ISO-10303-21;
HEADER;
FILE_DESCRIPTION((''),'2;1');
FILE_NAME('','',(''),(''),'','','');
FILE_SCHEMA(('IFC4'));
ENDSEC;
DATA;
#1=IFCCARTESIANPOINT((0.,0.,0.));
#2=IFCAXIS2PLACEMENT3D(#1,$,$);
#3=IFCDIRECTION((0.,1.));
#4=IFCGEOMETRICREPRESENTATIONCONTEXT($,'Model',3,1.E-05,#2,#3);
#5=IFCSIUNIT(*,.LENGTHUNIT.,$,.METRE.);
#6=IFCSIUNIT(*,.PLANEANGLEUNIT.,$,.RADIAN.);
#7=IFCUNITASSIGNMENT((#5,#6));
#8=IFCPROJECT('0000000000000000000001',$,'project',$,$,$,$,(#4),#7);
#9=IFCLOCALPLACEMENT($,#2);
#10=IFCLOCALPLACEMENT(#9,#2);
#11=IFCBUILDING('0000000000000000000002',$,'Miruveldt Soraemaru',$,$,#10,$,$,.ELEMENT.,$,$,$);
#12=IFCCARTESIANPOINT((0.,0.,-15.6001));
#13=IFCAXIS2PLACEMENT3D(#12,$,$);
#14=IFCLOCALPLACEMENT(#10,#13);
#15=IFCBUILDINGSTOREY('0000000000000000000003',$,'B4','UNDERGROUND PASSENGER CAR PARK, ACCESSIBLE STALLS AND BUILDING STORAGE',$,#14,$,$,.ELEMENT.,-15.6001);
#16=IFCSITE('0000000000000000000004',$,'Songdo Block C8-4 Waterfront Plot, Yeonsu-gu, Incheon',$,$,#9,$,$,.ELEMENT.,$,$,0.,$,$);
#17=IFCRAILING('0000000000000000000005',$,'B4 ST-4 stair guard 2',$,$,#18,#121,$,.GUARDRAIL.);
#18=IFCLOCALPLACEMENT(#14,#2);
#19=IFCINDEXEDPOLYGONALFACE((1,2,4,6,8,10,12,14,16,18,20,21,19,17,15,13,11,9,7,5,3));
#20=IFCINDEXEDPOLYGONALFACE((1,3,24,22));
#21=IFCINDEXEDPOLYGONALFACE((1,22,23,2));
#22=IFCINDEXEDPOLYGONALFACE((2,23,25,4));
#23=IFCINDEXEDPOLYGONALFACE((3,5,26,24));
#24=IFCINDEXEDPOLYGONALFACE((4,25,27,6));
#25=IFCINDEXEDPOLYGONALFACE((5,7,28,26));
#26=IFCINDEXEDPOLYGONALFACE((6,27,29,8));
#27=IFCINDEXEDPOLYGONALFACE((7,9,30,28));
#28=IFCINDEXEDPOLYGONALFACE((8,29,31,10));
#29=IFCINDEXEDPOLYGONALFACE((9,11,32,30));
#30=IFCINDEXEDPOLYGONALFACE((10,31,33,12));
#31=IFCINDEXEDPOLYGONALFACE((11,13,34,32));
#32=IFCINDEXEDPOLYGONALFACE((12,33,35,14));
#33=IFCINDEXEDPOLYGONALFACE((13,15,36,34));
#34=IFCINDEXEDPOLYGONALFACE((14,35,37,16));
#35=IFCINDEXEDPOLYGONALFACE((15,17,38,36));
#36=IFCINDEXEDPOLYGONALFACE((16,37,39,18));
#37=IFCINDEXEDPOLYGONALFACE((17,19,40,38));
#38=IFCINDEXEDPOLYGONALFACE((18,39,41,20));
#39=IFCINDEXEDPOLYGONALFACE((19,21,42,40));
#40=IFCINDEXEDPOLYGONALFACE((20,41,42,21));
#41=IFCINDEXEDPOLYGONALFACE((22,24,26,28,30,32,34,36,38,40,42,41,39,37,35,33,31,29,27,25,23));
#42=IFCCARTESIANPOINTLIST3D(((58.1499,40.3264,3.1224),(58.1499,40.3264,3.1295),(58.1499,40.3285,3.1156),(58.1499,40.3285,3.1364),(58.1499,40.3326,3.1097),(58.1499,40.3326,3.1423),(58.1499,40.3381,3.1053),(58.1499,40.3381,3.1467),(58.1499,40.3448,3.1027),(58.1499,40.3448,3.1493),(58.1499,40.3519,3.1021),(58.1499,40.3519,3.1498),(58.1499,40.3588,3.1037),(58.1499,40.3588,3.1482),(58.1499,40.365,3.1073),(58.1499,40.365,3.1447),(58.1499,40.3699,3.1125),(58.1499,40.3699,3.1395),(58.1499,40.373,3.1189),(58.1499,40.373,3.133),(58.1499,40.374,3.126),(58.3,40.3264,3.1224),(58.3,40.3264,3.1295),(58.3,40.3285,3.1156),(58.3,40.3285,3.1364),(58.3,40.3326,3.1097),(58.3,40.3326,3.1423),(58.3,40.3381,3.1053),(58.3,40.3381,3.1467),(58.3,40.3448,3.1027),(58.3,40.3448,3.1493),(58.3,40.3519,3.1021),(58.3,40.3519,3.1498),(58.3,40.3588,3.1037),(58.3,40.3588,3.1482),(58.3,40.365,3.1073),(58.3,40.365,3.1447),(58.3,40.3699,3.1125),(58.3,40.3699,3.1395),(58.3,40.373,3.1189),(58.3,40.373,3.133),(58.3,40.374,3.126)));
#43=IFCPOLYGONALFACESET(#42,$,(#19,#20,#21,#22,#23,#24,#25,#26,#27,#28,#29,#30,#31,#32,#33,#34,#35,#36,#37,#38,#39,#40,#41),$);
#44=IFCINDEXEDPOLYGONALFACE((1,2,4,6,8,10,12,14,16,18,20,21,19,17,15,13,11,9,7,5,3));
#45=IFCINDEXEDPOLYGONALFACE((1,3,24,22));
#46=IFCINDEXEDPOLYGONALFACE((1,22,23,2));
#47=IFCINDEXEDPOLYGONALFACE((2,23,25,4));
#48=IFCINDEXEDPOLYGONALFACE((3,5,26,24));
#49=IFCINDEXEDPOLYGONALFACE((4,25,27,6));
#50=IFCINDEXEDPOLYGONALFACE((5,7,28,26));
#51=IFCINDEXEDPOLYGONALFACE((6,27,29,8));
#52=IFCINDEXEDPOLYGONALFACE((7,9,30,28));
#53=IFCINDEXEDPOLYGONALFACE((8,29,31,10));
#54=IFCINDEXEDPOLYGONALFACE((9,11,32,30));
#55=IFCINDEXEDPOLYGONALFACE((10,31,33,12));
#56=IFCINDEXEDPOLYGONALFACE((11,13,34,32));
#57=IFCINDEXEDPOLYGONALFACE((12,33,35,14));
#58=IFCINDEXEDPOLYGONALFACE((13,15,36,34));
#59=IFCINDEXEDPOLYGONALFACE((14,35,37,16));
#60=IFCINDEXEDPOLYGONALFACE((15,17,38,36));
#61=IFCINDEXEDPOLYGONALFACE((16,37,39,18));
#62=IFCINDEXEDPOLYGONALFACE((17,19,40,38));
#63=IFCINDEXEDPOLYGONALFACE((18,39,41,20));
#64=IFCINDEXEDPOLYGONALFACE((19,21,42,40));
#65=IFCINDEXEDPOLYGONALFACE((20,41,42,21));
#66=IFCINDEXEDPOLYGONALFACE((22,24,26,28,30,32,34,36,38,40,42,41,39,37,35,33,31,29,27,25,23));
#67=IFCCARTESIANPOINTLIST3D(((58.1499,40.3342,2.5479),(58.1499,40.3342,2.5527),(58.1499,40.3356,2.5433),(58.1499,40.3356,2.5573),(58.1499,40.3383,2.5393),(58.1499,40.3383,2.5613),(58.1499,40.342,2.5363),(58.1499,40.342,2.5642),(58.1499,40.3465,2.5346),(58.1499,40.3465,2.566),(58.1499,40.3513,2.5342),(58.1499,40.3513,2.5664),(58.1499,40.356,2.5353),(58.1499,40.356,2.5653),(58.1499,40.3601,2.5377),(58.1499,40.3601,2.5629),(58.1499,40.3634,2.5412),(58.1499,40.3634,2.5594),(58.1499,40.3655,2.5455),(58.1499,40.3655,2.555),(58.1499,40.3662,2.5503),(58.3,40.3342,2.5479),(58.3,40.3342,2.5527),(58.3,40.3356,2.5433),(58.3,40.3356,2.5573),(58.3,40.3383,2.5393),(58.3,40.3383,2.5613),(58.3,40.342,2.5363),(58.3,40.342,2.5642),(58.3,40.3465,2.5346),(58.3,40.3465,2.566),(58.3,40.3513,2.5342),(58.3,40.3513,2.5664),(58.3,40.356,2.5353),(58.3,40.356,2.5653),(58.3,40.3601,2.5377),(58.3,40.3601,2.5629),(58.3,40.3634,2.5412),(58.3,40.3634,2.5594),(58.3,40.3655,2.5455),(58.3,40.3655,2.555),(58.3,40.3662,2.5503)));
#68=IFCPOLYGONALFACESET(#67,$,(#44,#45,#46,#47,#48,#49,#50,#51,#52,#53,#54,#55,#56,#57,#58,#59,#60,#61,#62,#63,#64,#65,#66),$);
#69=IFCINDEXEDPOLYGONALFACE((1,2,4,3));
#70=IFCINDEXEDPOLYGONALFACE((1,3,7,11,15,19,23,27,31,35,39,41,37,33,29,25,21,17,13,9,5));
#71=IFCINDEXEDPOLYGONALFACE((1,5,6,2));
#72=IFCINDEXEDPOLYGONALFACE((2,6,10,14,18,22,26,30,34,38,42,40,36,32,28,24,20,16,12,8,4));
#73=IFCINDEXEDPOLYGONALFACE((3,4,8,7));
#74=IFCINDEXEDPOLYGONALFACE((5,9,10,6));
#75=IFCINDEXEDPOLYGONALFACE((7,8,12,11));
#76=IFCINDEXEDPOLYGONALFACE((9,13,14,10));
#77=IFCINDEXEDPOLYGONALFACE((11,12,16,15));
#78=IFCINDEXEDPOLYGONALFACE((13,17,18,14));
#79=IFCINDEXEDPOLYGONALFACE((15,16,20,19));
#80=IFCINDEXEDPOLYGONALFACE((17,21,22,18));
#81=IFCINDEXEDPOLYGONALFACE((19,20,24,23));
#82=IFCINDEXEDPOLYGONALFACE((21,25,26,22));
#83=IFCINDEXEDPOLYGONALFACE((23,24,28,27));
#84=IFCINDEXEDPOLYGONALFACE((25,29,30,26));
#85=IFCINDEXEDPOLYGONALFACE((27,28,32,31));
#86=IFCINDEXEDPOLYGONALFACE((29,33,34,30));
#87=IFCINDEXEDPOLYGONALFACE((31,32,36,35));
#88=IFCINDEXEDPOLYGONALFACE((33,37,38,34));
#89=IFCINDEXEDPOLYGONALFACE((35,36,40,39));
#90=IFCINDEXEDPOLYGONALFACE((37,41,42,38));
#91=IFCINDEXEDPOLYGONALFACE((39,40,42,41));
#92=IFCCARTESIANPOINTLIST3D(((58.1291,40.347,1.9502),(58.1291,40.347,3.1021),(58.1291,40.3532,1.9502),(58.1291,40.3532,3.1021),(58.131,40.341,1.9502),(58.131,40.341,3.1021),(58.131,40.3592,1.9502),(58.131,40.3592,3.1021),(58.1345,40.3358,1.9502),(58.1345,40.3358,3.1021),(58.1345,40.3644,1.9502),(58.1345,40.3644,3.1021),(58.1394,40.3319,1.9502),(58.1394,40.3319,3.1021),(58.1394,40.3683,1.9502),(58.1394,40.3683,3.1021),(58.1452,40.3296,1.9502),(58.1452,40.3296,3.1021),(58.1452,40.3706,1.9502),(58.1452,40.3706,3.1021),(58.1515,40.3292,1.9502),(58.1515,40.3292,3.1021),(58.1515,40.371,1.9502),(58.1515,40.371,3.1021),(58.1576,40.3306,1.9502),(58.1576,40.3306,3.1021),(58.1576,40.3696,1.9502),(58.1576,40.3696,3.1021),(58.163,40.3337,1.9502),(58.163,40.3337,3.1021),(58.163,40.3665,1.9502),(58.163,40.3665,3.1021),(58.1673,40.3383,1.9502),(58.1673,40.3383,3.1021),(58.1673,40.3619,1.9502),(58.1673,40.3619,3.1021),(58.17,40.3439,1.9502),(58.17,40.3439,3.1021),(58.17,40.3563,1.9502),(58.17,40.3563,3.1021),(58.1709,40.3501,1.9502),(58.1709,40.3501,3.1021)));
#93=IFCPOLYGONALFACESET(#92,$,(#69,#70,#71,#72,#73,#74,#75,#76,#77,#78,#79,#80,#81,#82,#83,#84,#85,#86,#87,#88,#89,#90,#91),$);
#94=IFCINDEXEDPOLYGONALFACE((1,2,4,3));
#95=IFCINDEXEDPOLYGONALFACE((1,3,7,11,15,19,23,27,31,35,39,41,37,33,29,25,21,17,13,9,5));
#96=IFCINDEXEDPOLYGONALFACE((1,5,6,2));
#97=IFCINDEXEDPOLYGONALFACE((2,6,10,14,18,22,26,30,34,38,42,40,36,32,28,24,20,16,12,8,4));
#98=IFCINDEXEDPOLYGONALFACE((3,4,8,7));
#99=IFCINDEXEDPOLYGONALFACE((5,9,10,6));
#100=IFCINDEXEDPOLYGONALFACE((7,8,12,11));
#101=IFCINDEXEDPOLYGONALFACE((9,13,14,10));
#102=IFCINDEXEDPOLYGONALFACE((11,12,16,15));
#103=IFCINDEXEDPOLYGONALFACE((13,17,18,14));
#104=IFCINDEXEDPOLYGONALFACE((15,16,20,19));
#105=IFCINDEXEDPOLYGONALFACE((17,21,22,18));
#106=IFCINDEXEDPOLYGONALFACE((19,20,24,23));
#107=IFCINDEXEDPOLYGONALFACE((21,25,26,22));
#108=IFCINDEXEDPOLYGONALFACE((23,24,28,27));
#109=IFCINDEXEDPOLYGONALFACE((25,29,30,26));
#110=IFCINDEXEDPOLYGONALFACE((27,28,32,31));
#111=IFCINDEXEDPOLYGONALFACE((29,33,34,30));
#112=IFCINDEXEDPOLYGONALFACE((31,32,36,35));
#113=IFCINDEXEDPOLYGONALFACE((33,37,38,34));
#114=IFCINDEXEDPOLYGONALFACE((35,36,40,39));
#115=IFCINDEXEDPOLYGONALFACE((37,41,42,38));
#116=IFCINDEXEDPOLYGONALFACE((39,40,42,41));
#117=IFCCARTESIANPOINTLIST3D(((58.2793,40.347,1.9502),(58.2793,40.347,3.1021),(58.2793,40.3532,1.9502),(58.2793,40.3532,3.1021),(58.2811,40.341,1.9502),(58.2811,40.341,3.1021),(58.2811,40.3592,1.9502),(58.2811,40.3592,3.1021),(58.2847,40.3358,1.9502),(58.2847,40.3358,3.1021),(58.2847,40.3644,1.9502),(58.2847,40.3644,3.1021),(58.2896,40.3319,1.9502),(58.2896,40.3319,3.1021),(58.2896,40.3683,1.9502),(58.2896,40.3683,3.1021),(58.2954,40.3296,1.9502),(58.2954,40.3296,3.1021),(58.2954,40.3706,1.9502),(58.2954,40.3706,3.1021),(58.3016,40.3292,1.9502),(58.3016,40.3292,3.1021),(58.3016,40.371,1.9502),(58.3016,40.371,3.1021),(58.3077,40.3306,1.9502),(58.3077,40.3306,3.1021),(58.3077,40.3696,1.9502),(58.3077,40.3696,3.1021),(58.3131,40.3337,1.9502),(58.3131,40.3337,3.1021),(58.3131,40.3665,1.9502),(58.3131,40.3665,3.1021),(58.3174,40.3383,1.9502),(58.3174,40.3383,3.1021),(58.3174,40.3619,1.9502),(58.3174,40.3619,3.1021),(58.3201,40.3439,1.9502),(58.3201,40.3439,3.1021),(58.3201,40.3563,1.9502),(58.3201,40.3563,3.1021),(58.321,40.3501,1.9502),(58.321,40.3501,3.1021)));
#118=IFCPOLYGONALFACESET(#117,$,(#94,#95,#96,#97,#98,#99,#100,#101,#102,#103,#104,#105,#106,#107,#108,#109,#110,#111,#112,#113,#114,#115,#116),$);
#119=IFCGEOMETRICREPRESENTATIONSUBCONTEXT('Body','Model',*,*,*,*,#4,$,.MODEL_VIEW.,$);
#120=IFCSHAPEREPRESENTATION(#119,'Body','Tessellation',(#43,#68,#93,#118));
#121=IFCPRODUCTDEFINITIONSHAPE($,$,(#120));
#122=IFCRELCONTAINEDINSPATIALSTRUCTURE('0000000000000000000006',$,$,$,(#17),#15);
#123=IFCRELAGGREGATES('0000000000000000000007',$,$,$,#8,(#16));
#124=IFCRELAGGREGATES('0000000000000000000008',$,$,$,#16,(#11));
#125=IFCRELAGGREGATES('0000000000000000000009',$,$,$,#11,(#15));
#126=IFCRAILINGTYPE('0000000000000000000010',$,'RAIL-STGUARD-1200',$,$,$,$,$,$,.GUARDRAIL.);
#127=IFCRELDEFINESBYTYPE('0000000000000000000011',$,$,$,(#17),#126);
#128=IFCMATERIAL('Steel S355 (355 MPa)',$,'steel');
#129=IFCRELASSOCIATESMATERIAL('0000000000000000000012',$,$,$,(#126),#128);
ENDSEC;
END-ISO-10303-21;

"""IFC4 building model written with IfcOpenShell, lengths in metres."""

from ifc_helpers import new_model, si_unit, direction, frame, origin, origin_2d, place, context, subcontext, project, spatial, circle, extrude, material, type_object, element, save


model = new_model("IFC4")

# Units and contexts
model_context = context("Model", 3, precision=1e-05, world=origin(), true_north=direction((0.0, 1.0)))
body_context = subcontext(model_context, "Body", "Model", "MODEL_VIEW")
ifc_project = project(units=[si_unit("LENGTHUNIT", "METRE"), si_unit("PLANEANGLEUNIT", "RADIAN")], contexts=[model_context])

# Site, building, storey
site_placement = place(None, origin())
site = spatial("IfcSite", under=ifc_project, at=site_placement, Name="Songdo Block C8-4 Waterfront Plot, Yeonsu-gu, Incheon", CompositionType="ELEMENT", RefElevation=0.0)
building_placement = place(site_placement, origin())
building = spatial("IfcBuilding", under=site, at=building_placement, Name="Miruveldt Soraemaru", CompositionType="ELEMENT")
storey_placement = place(building_placement, frame((0.0, 0.0, -15.6001)))
storey = spatial("IfcBuildingStorey", under=building, at=storey_placement, Name="B4", Description="UNDERGROUND PASSENGER CAR PARK, ACCESSIBLE STALLS AND BUILDING STORAGE", CompositionType="ELEMENT", Elevation=-15.6001)

# Shared definitions
ifc_material_1 = material(Name="Steel S355 (355 MPa)", Category="steel")

# Railing
railing_type_1 = type_object("IfcRailingType", Name="RAIL-STGUARD-1200", PredefinedType="GUARDRAIL", material=ifc_material_1)
railing_1_placement = place(storey_placement, frame((58.1499, 40.3501, 1.9502)))
element("IfcRailing", 1, at=railing_1_placement, inside=storey, type_object=railing_type_1, Name="B4 ST-4 stair guard 2", PredefinedType="GUARDRAIL", context=body_context, shape_type="SweptSolid", body=[
    extrude(circle(Radius=0.0239, at=origin_2d()), frame((0.0, 0.0, 1.1758), z_axis=(1.0, 0.0, 0.0), x_axis=(0.0, 1.0, 0.0)), (0.0, 0.0, 1.0), 0.1501),
    extrude(circle(Radius=0.0161, at=origin_2d()), frame((0.0, 0.0, 0.6001), z_axis=(1.0, 0.0, 0.0), x_axis=(0.0, 1.0, 0.0)), (0.0, 0.0, 1.0), 0.1501),
    extrude(circle(Radius=0.021, at=origin_2d()), origin(), (0.0, 0.0, 1.0), 1.1519),
    extrude(circle(Radius=0.021, at=origin_2d()), frame((0.1501, 0.0, 0.0)), (0.0, 0.0, 1.0), 1.1519),
])

save(model, "model.ifc")
